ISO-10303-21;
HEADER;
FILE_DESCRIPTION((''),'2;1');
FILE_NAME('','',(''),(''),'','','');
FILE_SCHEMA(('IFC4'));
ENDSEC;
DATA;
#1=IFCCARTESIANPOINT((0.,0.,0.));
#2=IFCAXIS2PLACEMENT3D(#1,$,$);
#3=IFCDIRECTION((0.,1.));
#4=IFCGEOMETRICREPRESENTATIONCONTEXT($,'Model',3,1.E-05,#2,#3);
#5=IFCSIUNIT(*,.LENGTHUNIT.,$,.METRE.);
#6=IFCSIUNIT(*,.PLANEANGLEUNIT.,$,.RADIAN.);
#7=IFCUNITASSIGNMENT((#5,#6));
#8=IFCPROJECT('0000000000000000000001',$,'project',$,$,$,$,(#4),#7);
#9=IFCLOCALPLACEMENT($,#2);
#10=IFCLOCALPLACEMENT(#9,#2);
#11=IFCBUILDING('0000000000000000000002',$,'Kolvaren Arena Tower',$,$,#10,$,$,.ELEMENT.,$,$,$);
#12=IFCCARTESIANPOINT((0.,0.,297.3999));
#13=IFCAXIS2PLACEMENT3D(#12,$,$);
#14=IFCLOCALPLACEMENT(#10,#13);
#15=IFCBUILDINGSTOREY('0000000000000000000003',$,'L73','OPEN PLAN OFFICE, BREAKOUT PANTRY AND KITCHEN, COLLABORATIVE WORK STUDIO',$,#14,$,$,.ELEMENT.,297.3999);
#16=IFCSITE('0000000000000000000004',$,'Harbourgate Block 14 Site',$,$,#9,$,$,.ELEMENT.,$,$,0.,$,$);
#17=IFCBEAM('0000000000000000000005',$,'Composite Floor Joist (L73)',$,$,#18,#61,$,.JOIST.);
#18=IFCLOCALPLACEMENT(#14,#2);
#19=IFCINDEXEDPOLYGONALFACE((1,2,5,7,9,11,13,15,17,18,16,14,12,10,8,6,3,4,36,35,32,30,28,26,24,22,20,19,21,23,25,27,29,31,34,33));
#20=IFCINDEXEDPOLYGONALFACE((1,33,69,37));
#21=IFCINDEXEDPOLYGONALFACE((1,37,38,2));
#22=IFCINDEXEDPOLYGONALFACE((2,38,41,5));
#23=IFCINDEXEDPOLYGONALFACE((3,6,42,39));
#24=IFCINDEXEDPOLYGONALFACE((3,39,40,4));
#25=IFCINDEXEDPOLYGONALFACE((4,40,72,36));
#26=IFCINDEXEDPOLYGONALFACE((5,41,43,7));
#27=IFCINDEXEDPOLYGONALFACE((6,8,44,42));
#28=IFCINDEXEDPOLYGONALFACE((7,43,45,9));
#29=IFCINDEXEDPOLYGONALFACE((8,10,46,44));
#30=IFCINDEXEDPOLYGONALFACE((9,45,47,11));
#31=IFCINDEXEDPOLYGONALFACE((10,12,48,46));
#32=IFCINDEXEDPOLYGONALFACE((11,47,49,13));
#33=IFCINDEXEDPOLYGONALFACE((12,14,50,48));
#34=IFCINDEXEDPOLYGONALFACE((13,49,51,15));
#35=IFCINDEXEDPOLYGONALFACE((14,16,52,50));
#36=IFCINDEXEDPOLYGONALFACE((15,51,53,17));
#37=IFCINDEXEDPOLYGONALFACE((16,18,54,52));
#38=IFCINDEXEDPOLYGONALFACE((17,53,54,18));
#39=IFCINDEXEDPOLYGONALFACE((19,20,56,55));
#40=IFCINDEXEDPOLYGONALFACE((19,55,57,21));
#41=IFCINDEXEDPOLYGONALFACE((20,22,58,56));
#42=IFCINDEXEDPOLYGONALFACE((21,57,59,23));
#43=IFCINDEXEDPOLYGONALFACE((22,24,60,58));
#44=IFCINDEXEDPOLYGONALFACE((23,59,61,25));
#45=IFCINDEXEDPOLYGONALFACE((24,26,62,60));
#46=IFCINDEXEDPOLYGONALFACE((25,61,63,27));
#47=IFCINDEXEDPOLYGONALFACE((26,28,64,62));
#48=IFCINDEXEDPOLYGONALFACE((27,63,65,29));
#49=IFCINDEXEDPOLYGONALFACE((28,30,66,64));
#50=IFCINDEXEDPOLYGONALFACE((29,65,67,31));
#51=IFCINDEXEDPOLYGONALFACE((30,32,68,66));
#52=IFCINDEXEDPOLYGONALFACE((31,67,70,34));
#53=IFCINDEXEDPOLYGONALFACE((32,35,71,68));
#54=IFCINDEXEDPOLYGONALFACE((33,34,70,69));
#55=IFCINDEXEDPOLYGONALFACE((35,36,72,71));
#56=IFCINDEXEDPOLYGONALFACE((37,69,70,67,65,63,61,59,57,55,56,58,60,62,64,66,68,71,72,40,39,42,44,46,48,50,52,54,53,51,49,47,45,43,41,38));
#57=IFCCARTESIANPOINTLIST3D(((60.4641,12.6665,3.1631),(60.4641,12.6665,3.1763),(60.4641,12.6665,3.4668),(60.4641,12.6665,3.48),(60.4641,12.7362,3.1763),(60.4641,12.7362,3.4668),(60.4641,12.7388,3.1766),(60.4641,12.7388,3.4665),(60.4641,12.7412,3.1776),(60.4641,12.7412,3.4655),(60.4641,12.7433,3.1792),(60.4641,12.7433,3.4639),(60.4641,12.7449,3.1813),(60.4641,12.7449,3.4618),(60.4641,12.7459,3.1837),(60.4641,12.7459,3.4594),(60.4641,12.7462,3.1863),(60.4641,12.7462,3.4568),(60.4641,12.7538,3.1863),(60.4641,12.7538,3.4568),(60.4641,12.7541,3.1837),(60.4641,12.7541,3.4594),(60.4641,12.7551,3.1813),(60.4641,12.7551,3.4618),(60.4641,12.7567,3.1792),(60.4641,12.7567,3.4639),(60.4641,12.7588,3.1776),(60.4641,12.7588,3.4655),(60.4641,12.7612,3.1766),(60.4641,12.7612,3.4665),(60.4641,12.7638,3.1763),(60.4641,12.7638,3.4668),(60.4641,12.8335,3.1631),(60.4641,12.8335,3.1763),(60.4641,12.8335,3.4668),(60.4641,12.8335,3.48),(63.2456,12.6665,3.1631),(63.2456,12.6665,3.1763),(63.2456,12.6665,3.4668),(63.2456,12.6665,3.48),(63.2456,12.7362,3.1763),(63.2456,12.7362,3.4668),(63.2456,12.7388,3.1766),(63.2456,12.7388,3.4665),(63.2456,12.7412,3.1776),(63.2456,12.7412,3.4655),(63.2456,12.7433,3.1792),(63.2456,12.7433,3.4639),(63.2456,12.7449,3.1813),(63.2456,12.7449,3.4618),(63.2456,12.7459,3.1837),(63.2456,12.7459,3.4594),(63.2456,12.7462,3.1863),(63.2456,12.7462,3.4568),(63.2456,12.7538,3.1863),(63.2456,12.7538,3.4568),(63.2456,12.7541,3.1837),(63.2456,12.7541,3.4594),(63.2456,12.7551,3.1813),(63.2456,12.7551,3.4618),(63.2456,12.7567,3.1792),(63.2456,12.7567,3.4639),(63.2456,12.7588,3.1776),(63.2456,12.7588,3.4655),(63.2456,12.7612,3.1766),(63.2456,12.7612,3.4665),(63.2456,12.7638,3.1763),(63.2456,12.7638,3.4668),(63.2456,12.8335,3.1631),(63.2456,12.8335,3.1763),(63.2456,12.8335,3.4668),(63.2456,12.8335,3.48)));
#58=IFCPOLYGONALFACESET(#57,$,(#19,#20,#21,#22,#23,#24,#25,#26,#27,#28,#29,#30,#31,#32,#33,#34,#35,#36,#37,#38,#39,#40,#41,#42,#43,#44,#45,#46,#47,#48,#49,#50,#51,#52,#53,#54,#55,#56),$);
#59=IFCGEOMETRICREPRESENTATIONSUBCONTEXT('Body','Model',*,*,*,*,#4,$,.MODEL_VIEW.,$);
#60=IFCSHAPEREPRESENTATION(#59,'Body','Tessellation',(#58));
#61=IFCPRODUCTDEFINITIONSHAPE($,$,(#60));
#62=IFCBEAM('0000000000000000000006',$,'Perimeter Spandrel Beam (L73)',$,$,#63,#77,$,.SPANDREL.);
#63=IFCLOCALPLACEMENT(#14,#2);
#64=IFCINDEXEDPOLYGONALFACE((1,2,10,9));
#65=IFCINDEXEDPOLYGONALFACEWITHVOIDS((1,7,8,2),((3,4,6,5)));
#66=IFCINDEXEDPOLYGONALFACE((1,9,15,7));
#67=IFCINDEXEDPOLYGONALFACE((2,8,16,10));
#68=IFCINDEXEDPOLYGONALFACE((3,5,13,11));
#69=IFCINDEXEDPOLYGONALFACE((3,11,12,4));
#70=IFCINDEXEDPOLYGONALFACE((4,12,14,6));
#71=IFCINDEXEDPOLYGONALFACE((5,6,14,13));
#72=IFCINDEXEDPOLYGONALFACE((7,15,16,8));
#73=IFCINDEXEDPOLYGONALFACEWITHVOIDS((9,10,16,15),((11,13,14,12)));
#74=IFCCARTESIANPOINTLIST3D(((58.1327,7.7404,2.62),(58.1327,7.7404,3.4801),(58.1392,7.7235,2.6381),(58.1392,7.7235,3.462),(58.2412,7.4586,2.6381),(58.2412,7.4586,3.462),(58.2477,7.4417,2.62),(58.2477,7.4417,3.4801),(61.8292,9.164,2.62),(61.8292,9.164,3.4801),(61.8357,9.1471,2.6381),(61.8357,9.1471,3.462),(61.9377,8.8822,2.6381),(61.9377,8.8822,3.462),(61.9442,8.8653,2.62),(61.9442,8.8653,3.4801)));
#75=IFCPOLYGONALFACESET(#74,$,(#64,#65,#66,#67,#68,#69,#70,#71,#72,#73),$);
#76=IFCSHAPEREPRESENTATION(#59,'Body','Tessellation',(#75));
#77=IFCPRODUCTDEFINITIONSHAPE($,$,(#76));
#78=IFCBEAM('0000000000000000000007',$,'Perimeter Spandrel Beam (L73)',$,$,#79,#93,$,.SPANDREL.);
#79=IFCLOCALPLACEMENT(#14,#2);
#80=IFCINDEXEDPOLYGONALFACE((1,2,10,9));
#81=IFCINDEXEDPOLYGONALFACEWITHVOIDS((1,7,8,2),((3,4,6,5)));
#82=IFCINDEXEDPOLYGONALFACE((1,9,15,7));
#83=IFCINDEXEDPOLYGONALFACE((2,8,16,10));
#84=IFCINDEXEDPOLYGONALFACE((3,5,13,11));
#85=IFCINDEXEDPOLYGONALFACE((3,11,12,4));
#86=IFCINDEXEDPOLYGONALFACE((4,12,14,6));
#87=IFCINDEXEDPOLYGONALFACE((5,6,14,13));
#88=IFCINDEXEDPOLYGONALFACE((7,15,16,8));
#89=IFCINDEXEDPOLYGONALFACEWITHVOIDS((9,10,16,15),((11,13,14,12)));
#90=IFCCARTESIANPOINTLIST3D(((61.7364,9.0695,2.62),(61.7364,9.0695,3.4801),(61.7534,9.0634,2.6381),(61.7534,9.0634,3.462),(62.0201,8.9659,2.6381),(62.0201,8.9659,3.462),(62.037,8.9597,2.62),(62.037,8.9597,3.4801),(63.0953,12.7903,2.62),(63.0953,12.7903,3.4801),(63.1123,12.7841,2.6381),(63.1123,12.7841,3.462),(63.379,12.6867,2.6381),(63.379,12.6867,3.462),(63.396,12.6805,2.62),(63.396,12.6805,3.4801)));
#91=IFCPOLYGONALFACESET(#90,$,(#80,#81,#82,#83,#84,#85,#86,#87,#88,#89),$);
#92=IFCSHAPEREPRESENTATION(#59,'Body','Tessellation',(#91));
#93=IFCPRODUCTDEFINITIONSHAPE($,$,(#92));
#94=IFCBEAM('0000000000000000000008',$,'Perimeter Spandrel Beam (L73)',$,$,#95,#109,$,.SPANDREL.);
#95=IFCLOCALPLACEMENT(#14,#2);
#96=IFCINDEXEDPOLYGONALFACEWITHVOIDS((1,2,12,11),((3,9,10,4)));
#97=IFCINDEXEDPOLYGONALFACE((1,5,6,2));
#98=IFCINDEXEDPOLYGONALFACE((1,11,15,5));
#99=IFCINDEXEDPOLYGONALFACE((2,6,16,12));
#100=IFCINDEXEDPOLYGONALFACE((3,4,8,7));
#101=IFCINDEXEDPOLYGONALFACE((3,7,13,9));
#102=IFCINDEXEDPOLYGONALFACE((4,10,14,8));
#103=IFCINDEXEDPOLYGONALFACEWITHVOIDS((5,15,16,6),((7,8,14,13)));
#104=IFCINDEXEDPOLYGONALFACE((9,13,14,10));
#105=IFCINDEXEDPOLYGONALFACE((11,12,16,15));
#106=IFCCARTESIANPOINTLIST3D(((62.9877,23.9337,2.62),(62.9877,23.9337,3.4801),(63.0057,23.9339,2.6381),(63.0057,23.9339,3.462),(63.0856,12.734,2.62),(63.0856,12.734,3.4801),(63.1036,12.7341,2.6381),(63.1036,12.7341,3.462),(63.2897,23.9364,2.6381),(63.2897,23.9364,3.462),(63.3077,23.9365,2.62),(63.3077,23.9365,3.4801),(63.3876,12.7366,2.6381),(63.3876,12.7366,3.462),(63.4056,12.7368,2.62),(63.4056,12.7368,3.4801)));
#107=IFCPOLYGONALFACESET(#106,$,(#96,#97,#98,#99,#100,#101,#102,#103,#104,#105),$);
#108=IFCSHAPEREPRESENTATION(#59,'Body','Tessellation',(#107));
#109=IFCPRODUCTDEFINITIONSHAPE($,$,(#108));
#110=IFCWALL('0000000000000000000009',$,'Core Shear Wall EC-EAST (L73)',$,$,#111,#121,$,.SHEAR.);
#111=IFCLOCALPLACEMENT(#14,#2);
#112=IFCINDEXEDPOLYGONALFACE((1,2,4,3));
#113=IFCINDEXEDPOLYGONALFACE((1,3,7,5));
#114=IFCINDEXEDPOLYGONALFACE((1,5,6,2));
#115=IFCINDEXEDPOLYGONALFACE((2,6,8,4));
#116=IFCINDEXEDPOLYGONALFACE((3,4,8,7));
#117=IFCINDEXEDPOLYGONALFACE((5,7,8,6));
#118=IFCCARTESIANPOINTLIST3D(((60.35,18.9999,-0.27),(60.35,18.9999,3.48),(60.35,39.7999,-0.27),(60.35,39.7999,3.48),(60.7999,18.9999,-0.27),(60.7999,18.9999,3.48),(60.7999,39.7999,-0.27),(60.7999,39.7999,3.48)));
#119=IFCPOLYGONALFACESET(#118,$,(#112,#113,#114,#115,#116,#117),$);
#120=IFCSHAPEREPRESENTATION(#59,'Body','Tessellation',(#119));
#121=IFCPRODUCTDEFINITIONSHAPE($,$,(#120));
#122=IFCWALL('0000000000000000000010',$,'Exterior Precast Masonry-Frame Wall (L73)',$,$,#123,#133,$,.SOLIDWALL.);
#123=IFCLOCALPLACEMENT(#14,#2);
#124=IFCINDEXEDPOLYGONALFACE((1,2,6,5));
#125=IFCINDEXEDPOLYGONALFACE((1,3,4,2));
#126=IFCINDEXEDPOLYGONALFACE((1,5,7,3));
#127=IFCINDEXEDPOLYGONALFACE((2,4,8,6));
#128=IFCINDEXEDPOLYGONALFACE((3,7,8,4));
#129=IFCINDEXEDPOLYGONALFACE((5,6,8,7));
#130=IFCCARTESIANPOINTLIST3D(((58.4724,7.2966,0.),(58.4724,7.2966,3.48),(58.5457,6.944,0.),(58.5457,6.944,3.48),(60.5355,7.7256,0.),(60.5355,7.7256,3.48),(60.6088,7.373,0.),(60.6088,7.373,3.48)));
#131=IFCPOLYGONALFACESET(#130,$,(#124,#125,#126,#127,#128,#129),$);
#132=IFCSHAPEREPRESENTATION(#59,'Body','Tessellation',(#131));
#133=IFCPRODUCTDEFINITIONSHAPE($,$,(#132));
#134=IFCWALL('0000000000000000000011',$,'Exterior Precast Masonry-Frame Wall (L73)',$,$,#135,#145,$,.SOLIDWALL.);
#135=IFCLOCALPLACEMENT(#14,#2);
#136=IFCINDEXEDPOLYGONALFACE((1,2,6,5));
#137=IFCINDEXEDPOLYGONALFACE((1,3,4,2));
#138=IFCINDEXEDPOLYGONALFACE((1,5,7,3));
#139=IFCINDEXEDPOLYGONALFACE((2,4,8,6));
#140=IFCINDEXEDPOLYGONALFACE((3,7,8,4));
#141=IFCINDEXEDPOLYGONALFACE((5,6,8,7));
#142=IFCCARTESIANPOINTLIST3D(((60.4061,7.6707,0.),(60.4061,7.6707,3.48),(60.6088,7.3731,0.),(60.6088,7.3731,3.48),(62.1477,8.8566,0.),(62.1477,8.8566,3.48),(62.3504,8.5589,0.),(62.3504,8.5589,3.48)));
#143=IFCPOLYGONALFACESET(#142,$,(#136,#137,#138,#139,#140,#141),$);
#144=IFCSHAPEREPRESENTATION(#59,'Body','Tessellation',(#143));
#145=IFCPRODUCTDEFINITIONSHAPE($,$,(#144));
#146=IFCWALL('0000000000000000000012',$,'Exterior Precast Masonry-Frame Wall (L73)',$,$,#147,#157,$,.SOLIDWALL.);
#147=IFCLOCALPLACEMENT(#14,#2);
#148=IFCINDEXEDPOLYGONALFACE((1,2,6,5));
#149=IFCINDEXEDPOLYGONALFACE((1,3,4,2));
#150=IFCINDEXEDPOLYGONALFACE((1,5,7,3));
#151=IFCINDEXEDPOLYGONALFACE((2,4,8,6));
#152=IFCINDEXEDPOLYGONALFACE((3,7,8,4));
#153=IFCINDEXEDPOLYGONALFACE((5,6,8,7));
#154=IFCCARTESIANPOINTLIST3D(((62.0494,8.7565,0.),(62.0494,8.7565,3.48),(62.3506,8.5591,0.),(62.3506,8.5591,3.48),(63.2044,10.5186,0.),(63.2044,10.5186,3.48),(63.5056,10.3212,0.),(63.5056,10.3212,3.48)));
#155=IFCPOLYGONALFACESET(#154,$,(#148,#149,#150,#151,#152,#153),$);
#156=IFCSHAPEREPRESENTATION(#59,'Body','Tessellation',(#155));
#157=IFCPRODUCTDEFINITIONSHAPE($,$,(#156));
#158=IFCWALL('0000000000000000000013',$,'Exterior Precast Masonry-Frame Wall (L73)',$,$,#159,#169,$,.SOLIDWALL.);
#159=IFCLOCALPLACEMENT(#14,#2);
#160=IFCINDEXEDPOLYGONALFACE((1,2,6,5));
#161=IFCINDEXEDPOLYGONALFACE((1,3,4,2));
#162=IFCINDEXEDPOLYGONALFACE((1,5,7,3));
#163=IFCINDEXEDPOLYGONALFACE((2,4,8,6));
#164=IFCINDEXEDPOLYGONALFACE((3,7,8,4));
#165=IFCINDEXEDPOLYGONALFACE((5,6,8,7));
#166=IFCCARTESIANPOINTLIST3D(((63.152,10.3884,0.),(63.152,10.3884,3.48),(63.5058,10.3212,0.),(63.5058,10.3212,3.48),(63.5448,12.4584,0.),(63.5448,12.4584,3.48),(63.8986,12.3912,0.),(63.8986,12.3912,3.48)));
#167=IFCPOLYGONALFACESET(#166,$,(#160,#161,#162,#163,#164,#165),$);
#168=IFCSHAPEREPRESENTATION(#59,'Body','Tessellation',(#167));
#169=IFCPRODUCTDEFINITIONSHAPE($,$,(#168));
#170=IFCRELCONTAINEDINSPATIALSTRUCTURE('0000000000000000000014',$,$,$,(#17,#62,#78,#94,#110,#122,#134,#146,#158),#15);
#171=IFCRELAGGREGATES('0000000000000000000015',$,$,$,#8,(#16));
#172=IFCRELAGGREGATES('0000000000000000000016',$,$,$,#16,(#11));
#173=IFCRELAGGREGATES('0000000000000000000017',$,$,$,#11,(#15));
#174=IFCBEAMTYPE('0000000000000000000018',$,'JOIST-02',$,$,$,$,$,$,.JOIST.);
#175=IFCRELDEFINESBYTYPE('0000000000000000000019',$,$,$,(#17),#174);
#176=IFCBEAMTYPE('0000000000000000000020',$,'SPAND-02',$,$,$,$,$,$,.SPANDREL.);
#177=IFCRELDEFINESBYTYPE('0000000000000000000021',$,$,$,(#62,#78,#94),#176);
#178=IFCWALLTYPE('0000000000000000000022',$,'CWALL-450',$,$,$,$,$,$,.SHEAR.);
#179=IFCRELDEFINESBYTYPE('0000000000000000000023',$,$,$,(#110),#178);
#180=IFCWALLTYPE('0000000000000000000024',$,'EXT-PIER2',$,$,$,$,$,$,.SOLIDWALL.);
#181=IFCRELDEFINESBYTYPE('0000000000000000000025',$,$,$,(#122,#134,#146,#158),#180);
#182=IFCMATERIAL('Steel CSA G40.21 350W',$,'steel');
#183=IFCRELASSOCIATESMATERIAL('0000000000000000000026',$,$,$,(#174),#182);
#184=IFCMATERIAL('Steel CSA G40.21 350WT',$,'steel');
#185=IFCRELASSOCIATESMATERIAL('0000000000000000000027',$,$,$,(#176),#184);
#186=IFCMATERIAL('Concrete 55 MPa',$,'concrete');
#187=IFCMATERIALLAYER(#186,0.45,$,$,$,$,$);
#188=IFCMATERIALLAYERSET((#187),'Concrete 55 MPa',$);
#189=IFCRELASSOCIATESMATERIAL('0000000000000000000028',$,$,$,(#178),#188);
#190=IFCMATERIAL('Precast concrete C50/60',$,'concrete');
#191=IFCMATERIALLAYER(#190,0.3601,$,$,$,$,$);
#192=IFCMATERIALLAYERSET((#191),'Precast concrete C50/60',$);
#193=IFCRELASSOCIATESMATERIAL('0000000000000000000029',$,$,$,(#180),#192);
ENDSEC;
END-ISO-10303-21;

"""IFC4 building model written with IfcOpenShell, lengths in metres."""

from ifc_helpers import new_model, si_unit, direction, frame, frame_2d, origin, origin_2d, place, context, subcontext, project, spatial, rectangle, hollow_rectangle, i_section, extrude, material, layer, layer_set, material_profile, profile_set, type_object, element, save


model = new_model("IFC4")

# Units and contexts
model_context = context("Model", 3, precision=1e-05, world=origin(), true_north=direction((0.0, 1.0)))
body_context = subcontext(model_context, "Body", "Model", "MODEL_VIEW")
ifc_project = project(units=[si_unit("LENGTHUNIT", "METRE"), si_unit("PLANEANGLEUNIT", "RADIAN")], contexts=[model_context])

# Site, building, storey
site_placement = place(None, origin())
site = spatial("IfcSite", under=ifc_project, at=site_placement, Name="Harbourgate Block 14 Site", CompositionType="ELEMENT", RefElevation=0.0)
building_placement = place(site_placement, origin())
building = spatial("IfcBuilding", under=site, at=building_placement, Name="Kolvaren Arena Tower", CompositionType="ELEMENT")
storey_placement = place(building_placement, frame((0.0, 0.0, 297.3999)))
storey = spatial("IfcBuildingStorey", under=building, at=storey_placement, Name="L73", Description="OPEN PLAN OFFICE, BREAKOUT PANTRY AND KITCHEN, COLLABORATIVE WORK STUDIO", CompositionType="ELEMENT", Elevation=297.3999)

# Shared definitions
ifc_material_1 = material(Name="Precast concrete C50/60", Category="concrete")

# Beams
ifc_material_2 = material(Name="Steel CSA G40.21 350W", Category="steel")
ifc_material_profile_1 = material_profile(ifc_material_2, i_section(OverallWidth=0.167, OverallDepth=0.3169, WebThickness=0.0076, FlangeThickness=0.0132, FilletRadius=0.01, at=origin_2d()), Name="W310x52")
ifc_profile_set_1 = profile_set([ifc_material_profile_1], Name="Steel CSA G40.21 350W")
beam_type_1 = type_object("IfcBeamType", Name="JOIST-02", PredefinedType="JOIST", material=ifc_profile_set_1)
beam_1_placement = place(storey_placement, frame((60.4641, 12.75, 3.3215), z_axis=(1.0, 0.0, 0.0), x_axis=(0.0, 1.0, 0.0)))
element("IfcBeam", 1, at=beam_1_placement, inside=storey, type_object=beam_type_1, Name="Composite Floor Joist (L73)", PredefinedType="JOIST", context=body_context, shape_type="SweptSolid", body=[
    extrude(i_section(OverallWidth=0.167, OverallDepth=0.3169, WebThickness=0.0076, FlangeThickness=0.0132, FilletRadius=0.01, at=origin_2d()), origin(), (0.0, 0.0, 1.0), 2.7815),
])
ifc_material_3 = material(Name="Steel CSA G40.21 350WT", Category="steel")
ifc_material_profile_2 = material_profile(ifc_material_3, hollow_rectangle(XDim=0.3201, YDim=0.8601, WallThickness=0.0181, at=origin_2d()), Name="HSS 860x320x18")
ifc_profile_set_2 = profile_set([ifc_material_profile_2], Name="Steel CSA G40.21 350WT")
beam_type_2 = type_object("IfcBeamType", Name="SPAND-02", PredefinedType="SPANDREL", material=ifc_profile_set_2)
for number, where, z_axis, x_axis, name in (
    (2, (58.1902, 7.5911, 3.05), (0.93319, 0.359384, 0.0), (-0.359384, 0.93319, 0.0), "Perimeter Spandrel Beam (L73)"),
    (3, (61.8867, 9.0146, 3.05), (0.343059, 0.939314, 0.0), (-0.939314, 0.343059, 0.0), "Perimeter Spandrel Beam (L73)"),
):
    element("IfcBeam", number, at=place(storey_placement, frame(where, z_axis=z_axis, x_axis=x_axis)), inside=storey, type_object=beam_type_2, Name=name, PredefinedType="SPANDREL", context=body_context, shape_type="SweptSolid", body=[
        extrude(hollow_rectangle(XDim=0.3201, YDim=0.8601, WallThickness=0.0181, at=origin_2d()), origin(), (0.0, 0.0, 1.0), 3.9612),
    ])
beam_2_placement = place(storey_placement, frame((63.2456, 12.7354, 3.05), z_axis=(-0.008741, 0.999962, 0.0), x_axis=(-0.999962, -0.008741, 0.0)))
element("IfcBeam", 4, at=beam_2_placement, inside=storey, type_object=beam_type_2, Name="Perimeter Spandrel Beam (L73)", PredefinedType="SPANDREL", context=body_context, shape_type="SweptSolid", body=[
    extrude(hollow_rectangle(XDim=0.3201, YDim=0.8601, WallThickness=0.0181, at=origin_2d()), origin(), (0.0, 0.0, 1.0), 11.2002),
])

# Walls
ifc_material_4 = material(Name="Concrete 55 MPa", Category="concrete")
ifc_layer_1 = layer(ifc_material_4, 0.45)
ifc_layer_set_1 = layer_set([ifc_layer_1], Name="Concrete 55 MPa")
wall_type_1 = type_object("IfcWallType", Name="CWALL-450", PredefinedType="SHEAR", material=ifc_layer_set_1)
wall_1_placement = place(storey_placement, frame((60.575, 19.0, -0.27), z_axis=(0.0, 0.0, 1.0), x_axis=(0.0, 1.0, 0.0)))
element("IfcWall", 5, at=wall_1_placement, inside=storey, type_object=wall_type_1, Name="Core Shear Wall EC-EAST (L73)", PredefinedType="SHEAR", context=body_context, shape_type="SweptSolid", body=[
    extrude(rectangle(XDim=20.8, YDim=0.45, at=frame_2d((10.3999, 0.0))), origin(), (0.0, 0.0, 1.0), 3.75),
])
ifc_layer_2 = layer(ifc_material_1, 0.3601)
ifc_layer_set_2 = layer_set([ifc_layer_2], Name="Precast concrete C50/60")
wall_type_2 = type_object("IfcWallType", Name="EXT-PIER2", PredefinedType="SOLIDWALL", material=ifc_layer_set_2)
wall_2_placement = place(storey_placement, frame((60.5723, 7.5493, 0.0), z_axis=(0.0, 0.0, 1.0), x_axis=(-0.979059, -0.203575, 0.0)))
element("IfcWall", 6, at=wall_2_placement, inside=storey, type_object=wall_type_2, Name="Exterior Precast Masonry-Frame Wall (L73)", PredefinedType="SOLIDWALL", context=body_context, shape_type="SweptSolid", body=[
    extrude(rectangle(XDim=2.1072, YDim=0.3601, at=frame_2d((1.0537, 0.0))), origin(), (0.0, 0.0, 1.0), 3.48),
])
for number, where, z_axis, x_axis, name in (
    (7, (62.249, 8.7078, 0.0), (0.0, 0.0, 1.0), (-0.826573, -0.56283, 0.0), "Exterior Precast Masonry-Frame Wall (L73)"),
    (8, (63.355, 10.4199, 0.0), (0.0, 0.0, 1.0), (-0.548186, -0.836357, 0.0), "Exterior Precast Masonry-Frame Wall (L73)"),
    (9, (63.7217, 12.4248, 0.0), (0.0, 0.0, 1.0), (-0.186436, -0.982467, 0.0), "Exterior Precast Masonry-Frame Wall (L73)"),
):
    element("IfcWall", number, at=place(storey_placement, frame(where, z_axis=z_axis, x_axis=x_axis)), inside=storey, type_object=wall_type_2, Name=name, PredefinedType="SOLIDWALL", context=body_context, shape_type="SweptSolid", body=[
        extrude(rectangle(XDim=2.1069, YDim=0.3601, at=frame_2d((1.0535, 0.0))), origin(), (0.0, 0.0, 1.0), 3.48),
    ])

save(model, "model.ifc")
